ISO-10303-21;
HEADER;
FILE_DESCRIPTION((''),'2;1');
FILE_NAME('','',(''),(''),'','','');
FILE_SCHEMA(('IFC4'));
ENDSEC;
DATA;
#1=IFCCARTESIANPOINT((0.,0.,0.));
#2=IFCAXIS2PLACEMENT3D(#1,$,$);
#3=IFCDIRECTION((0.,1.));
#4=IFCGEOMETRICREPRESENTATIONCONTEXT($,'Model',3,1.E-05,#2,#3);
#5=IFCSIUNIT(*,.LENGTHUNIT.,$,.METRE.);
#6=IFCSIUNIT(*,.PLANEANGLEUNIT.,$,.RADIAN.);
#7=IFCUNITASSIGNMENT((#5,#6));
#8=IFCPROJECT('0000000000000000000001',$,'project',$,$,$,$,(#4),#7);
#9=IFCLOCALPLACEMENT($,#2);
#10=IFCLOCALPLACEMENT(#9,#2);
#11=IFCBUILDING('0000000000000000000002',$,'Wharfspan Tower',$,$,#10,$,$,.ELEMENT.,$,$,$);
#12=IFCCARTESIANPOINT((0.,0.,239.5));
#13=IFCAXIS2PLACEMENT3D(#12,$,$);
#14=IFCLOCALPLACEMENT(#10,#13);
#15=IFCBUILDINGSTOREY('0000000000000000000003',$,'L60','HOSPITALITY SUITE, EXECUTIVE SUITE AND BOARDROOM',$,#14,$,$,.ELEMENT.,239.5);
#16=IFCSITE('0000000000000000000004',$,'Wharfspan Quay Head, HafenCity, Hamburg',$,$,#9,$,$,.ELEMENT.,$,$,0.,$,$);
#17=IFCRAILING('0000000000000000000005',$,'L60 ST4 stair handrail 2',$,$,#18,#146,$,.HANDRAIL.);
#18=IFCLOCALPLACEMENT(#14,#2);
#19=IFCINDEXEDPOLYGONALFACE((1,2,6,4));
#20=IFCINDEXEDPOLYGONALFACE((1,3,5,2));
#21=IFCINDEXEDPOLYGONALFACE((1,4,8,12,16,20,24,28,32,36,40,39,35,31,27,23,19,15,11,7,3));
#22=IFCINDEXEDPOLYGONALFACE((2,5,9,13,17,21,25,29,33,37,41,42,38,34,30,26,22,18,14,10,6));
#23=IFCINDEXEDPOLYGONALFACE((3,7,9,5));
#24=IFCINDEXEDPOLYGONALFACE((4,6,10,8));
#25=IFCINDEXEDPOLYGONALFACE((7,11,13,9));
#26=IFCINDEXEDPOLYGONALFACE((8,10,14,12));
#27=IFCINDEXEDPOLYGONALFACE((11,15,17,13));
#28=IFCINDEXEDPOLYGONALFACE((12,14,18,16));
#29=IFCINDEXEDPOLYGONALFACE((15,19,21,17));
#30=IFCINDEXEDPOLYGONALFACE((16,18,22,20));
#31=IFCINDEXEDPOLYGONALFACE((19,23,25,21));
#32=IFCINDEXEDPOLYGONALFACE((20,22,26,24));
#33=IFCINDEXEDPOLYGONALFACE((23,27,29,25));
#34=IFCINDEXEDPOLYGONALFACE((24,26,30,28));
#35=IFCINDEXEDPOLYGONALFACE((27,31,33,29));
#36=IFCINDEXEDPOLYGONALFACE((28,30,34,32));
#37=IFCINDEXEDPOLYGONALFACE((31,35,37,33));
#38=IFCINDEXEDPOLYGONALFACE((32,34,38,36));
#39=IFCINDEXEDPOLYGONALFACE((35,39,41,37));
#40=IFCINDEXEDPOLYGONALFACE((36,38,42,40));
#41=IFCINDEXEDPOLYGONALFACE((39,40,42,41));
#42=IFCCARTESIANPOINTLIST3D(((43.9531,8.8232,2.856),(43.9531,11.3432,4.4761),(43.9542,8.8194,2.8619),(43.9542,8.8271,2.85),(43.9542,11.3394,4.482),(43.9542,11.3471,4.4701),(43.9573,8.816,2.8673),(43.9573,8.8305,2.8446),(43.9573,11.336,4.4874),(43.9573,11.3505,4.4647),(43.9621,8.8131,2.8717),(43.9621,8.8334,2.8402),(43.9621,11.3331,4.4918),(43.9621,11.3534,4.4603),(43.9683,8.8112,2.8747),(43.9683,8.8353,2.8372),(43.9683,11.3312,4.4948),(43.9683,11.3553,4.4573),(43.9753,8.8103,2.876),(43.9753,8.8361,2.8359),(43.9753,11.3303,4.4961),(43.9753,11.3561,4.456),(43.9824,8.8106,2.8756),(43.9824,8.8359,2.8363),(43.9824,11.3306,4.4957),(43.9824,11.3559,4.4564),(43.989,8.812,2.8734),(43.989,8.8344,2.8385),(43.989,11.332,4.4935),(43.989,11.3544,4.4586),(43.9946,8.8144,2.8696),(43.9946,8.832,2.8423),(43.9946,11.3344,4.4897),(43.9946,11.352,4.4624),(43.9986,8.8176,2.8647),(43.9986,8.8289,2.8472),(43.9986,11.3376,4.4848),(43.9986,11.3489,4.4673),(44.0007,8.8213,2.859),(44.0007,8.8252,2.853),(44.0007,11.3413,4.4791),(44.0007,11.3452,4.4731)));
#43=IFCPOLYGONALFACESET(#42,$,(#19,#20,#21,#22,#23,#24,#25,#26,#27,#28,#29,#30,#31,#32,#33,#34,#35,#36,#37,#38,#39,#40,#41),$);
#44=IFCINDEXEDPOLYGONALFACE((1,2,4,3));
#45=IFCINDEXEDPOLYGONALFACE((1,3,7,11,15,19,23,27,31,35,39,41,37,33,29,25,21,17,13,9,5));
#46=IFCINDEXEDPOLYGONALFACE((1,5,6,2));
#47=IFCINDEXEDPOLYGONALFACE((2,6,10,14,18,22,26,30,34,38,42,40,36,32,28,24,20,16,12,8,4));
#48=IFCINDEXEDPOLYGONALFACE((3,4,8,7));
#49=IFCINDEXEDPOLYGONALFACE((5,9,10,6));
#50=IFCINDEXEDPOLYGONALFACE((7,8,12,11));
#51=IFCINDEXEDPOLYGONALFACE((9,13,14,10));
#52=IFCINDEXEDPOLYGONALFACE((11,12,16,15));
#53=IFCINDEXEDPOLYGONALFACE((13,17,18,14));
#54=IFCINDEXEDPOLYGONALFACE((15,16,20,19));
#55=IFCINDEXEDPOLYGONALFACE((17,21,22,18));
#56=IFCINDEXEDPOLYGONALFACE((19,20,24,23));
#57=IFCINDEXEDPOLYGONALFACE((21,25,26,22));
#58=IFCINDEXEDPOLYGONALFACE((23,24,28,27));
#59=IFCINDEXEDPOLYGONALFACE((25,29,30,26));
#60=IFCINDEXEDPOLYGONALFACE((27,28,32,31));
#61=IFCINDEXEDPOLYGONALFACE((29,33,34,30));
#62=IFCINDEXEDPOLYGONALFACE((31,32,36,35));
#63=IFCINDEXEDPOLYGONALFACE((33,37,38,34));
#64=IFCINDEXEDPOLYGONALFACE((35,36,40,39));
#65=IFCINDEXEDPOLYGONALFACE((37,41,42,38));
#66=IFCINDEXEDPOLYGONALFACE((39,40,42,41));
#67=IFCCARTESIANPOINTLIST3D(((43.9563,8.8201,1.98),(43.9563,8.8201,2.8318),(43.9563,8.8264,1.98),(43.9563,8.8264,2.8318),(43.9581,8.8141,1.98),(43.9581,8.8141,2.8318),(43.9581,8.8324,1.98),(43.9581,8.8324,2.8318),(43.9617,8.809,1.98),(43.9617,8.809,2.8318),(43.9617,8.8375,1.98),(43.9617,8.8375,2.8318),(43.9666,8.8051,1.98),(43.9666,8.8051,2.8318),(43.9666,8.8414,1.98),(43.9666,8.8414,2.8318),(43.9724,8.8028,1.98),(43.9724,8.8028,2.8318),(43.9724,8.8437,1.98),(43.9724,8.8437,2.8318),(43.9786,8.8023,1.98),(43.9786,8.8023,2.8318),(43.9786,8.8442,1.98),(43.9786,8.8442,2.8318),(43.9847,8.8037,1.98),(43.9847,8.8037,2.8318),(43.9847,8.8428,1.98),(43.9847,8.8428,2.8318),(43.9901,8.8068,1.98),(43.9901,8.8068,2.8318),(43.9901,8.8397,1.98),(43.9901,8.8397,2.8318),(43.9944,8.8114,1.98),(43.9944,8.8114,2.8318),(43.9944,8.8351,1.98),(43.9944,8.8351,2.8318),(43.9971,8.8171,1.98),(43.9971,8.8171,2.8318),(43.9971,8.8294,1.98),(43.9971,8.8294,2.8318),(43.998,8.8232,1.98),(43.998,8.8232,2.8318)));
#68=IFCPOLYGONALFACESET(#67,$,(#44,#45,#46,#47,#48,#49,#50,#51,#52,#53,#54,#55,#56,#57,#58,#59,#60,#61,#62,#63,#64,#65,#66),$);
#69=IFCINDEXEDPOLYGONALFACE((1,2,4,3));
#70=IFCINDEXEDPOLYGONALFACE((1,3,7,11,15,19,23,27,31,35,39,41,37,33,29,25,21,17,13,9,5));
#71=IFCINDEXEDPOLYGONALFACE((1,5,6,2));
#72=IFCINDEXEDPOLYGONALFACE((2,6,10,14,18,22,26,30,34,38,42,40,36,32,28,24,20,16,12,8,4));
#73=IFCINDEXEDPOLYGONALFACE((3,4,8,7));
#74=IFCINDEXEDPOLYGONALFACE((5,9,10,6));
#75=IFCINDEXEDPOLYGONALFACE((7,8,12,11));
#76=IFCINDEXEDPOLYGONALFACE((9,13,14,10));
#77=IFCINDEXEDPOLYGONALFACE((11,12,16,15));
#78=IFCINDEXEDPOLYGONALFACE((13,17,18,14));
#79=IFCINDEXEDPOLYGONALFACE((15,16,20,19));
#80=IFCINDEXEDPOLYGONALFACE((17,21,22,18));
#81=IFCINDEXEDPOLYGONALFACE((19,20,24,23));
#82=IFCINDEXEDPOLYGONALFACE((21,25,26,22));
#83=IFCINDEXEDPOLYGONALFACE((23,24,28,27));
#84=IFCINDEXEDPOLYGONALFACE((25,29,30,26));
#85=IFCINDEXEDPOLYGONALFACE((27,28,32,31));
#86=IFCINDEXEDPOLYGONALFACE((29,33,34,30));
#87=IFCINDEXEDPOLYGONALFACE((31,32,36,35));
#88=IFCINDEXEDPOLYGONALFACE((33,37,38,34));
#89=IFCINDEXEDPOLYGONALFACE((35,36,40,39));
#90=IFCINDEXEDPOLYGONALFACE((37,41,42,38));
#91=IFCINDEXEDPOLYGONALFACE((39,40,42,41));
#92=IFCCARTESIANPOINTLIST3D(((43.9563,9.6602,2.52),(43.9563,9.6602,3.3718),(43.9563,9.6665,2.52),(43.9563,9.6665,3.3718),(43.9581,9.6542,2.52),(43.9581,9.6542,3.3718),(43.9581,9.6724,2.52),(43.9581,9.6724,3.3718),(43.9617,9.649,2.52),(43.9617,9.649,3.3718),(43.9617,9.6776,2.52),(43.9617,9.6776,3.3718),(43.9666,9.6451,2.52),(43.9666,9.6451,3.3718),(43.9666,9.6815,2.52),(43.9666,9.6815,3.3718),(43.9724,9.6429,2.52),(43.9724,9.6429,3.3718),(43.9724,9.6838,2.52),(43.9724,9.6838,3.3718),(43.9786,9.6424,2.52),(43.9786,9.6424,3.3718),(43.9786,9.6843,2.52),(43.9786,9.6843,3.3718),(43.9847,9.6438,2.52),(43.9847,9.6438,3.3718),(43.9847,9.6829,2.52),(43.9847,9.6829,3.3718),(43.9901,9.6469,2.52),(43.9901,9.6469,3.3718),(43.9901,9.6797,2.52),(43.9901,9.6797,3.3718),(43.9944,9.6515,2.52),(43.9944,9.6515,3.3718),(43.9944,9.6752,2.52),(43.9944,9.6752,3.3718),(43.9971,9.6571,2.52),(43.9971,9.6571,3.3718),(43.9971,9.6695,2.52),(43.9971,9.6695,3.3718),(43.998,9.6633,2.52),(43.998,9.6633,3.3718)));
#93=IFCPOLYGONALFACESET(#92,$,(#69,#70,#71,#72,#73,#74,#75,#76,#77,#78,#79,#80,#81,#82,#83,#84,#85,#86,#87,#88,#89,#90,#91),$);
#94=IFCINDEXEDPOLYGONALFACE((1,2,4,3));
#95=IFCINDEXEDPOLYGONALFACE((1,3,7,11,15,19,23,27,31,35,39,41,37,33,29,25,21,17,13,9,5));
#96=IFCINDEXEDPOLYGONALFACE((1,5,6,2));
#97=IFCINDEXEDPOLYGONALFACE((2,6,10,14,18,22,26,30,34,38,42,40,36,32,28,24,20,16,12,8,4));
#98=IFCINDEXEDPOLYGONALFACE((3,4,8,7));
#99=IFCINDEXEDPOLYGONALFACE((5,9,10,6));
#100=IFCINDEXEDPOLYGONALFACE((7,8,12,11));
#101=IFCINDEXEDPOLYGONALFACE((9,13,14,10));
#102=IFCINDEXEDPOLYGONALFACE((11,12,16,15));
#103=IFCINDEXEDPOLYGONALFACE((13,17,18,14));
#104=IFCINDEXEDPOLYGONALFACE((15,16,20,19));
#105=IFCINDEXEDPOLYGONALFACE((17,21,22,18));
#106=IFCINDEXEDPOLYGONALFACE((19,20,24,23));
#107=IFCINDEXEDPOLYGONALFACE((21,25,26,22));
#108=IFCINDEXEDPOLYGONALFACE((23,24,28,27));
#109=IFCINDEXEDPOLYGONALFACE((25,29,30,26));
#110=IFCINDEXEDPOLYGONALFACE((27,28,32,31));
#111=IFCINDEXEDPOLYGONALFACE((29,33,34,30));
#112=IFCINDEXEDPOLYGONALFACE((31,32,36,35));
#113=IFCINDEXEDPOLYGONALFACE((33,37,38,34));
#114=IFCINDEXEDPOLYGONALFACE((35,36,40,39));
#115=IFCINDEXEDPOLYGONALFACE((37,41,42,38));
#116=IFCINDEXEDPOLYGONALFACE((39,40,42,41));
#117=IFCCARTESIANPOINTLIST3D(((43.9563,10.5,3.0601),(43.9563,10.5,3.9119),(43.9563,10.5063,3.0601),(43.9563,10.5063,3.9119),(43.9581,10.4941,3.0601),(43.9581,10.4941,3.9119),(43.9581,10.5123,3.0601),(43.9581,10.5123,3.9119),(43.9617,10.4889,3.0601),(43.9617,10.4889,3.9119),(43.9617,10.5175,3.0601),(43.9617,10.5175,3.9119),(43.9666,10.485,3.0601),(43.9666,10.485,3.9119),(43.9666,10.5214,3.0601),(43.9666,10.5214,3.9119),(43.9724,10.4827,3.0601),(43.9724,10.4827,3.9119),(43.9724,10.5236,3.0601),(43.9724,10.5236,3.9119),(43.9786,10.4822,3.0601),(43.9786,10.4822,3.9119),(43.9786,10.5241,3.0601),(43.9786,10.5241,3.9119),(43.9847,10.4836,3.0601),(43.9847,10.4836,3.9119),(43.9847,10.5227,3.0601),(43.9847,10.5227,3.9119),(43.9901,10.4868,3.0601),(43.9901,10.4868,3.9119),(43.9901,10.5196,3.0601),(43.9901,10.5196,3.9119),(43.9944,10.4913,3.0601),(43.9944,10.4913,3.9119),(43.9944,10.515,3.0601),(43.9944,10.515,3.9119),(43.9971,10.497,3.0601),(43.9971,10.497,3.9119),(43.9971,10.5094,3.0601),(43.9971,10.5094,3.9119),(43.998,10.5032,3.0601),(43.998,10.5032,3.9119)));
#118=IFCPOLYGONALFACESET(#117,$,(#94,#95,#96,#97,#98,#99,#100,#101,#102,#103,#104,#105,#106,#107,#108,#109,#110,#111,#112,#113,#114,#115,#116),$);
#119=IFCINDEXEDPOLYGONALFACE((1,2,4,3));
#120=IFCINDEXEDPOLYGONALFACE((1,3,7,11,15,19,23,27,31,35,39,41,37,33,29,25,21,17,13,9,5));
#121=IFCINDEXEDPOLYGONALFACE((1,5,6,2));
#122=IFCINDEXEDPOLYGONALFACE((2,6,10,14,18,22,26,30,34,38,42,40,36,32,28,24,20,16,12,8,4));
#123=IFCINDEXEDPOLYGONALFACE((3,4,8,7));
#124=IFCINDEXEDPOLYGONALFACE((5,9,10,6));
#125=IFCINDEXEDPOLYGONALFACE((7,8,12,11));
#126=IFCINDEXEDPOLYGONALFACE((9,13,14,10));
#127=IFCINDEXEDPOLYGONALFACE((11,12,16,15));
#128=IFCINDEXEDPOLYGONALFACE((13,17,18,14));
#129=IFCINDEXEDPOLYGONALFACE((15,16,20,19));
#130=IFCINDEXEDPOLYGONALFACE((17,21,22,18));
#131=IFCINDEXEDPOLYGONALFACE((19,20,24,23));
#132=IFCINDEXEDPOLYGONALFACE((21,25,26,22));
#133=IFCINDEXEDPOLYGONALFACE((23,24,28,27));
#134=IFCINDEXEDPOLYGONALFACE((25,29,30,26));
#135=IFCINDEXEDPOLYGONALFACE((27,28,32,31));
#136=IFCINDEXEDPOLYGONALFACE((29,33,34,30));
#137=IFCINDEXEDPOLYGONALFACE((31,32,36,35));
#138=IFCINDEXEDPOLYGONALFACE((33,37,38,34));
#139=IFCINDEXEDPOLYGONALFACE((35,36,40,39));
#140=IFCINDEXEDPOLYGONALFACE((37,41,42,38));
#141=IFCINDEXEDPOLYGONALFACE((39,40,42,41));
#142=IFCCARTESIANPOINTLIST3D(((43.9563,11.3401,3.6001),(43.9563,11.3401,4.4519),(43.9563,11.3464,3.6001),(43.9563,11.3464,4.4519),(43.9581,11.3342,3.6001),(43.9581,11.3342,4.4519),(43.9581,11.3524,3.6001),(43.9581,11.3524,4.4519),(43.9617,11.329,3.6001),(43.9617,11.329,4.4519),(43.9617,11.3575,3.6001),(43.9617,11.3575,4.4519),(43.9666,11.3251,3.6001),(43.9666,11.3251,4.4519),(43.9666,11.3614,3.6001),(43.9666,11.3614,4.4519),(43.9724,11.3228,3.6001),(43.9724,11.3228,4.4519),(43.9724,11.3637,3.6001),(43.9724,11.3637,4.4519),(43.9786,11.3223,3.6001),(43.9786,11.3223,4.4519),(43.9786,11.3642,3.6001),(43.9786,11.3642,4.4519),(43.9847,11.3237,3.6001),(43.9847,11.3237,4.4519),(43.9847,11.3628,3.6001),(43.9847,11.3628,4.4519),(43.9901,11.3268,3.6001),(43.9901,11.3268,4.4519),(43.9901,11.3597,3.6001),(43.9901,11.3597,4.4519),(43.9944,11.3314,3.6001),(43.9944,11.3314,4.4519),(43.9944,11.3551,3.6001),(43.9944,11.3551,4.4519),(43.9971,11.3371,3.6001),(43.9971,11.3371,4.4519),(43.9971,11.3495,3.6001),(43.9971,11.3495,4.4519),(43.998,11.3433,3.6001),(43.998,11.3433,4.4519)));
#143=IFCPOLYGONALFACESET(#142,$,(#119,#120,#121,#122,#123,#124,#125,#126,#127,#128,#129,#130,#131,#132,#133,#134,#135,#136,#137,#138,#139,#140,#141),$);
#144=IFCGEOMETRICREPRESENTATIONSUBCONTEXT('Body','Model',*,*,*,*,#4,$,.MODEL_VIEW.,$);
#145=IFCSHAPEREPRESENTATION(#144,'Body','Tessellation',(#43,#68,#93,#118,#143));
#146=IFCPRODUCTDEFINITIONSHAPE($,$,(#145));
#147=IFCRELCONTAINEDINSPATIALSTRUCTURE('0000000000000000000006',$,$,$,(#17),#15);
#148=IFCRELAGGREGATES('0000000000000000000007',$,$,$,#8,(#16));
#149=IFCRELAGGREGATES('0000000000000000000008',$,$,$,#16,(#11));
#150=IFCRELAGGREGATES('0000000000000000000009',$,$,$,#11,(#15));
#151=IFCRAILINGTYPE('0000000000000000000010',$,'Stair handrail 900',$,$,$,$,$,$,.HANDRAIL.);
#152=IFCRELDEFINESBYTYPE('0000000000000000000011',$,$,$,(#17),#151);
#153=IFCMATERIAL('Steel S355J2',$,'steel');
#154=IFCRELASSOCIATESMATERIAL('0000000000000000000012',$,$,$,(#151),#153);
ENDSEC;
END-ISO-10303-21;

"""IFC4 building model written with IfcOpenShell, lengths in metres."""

from ifc_helpers import new_model, si_unit, direction, frame, origin, origin_2d, place, context, subcontext, project, spatial, circle, extrude, material, type_object, element, save


model = new_model("IFC4")

# Units and contexts
model_context = context("Model", 3, precision=1e-05, world=origin(), true_north=direction((0.0, 1.0)))
body_context = subcontext(model_context, "Body", "Model", "MODEL_VIEW")
ifc_project = project(units=[si_unit("LENGTHUNIT", "METRE"), si_unit("PLANEANGLEUNIT", "RADIAN")], contexts=[model_context])

# Site, building, storey
site_placement = place(None, origin())
site = spatial("IfcSite", under=ifc_project, at=site_placement, Name="Wharfspan Quay Head, HafenCity, Hamburg", CompositionType="ELEMENT", RefElevation=0.0)
building_placement = place(site_placement, origin())
building = spatial("IfcBuilding", under=site, at=building_placement, Name="Wharfspan Tower", CompositionType="ELEMENT")
storey_placement = place(building_placement, frame((0.0, 0.0, 239.5)))
storey = spatial("IfcBuildingStorey", under=building, at=storey_placement, Name="L60", Description="HOSPITALITY SUITE, EXECUTIVE SUITE AND BOARDROOM", CompositionType="ELEMENT", Elevation=239.5)

# Shared definitions
ifc_material_1 = material(Name="Steel S355J2", Category="steel")

# Railing
railing_type = type_object("IfcRailingType", Name="Stair handrail 900", PredefinedType="HANDRAIL", material=ifc_material_1)
railing_placement = place(storey_placement, frame((43.9771, 8.8232, 1.98)))
element("IfcRailing", 1, at=railing_placement, inside=storey, type_object=railing_type, Name="L60 ST4 stair handrail 2", PredefinedType="HANDRAIL", context=body_context, shape_type="SweptSolid", body=[
    extrude(circle(Radius=0.0239, at=origin_2d()), frame((0.0, 0.0, 0.876), z_axis=(0.0, 0.841163, 0.540782), x_axis=(-1.0, 0.0, 0.0)), (0.0, 0.0, 1.0), 2.9958),
    extrude(circle(Radius=0.021, at=origin_2d()), origin(), (0.0, 0.0, 1.0), 0.8518),
    extrude(circle(Radius=0.021, at=origin_2d()), frame((0.0, 0.8401, 0.54)), (0.0, 0.0, 1.0), 0.8518),
    extrude(circle(Radius=0.021, at=origin_2d()), frame((0.0, 1.6799, 1.0801)), (0.0, 0.0, 1.0), 0.8518),
    extrude(circle(Radius=0.021, at=origin_2d()), frame((0.0, 2.52, 1.6201)), (0.0, 0.0, 1.0), 0.8518),
])

save(model, "model.ifc")
